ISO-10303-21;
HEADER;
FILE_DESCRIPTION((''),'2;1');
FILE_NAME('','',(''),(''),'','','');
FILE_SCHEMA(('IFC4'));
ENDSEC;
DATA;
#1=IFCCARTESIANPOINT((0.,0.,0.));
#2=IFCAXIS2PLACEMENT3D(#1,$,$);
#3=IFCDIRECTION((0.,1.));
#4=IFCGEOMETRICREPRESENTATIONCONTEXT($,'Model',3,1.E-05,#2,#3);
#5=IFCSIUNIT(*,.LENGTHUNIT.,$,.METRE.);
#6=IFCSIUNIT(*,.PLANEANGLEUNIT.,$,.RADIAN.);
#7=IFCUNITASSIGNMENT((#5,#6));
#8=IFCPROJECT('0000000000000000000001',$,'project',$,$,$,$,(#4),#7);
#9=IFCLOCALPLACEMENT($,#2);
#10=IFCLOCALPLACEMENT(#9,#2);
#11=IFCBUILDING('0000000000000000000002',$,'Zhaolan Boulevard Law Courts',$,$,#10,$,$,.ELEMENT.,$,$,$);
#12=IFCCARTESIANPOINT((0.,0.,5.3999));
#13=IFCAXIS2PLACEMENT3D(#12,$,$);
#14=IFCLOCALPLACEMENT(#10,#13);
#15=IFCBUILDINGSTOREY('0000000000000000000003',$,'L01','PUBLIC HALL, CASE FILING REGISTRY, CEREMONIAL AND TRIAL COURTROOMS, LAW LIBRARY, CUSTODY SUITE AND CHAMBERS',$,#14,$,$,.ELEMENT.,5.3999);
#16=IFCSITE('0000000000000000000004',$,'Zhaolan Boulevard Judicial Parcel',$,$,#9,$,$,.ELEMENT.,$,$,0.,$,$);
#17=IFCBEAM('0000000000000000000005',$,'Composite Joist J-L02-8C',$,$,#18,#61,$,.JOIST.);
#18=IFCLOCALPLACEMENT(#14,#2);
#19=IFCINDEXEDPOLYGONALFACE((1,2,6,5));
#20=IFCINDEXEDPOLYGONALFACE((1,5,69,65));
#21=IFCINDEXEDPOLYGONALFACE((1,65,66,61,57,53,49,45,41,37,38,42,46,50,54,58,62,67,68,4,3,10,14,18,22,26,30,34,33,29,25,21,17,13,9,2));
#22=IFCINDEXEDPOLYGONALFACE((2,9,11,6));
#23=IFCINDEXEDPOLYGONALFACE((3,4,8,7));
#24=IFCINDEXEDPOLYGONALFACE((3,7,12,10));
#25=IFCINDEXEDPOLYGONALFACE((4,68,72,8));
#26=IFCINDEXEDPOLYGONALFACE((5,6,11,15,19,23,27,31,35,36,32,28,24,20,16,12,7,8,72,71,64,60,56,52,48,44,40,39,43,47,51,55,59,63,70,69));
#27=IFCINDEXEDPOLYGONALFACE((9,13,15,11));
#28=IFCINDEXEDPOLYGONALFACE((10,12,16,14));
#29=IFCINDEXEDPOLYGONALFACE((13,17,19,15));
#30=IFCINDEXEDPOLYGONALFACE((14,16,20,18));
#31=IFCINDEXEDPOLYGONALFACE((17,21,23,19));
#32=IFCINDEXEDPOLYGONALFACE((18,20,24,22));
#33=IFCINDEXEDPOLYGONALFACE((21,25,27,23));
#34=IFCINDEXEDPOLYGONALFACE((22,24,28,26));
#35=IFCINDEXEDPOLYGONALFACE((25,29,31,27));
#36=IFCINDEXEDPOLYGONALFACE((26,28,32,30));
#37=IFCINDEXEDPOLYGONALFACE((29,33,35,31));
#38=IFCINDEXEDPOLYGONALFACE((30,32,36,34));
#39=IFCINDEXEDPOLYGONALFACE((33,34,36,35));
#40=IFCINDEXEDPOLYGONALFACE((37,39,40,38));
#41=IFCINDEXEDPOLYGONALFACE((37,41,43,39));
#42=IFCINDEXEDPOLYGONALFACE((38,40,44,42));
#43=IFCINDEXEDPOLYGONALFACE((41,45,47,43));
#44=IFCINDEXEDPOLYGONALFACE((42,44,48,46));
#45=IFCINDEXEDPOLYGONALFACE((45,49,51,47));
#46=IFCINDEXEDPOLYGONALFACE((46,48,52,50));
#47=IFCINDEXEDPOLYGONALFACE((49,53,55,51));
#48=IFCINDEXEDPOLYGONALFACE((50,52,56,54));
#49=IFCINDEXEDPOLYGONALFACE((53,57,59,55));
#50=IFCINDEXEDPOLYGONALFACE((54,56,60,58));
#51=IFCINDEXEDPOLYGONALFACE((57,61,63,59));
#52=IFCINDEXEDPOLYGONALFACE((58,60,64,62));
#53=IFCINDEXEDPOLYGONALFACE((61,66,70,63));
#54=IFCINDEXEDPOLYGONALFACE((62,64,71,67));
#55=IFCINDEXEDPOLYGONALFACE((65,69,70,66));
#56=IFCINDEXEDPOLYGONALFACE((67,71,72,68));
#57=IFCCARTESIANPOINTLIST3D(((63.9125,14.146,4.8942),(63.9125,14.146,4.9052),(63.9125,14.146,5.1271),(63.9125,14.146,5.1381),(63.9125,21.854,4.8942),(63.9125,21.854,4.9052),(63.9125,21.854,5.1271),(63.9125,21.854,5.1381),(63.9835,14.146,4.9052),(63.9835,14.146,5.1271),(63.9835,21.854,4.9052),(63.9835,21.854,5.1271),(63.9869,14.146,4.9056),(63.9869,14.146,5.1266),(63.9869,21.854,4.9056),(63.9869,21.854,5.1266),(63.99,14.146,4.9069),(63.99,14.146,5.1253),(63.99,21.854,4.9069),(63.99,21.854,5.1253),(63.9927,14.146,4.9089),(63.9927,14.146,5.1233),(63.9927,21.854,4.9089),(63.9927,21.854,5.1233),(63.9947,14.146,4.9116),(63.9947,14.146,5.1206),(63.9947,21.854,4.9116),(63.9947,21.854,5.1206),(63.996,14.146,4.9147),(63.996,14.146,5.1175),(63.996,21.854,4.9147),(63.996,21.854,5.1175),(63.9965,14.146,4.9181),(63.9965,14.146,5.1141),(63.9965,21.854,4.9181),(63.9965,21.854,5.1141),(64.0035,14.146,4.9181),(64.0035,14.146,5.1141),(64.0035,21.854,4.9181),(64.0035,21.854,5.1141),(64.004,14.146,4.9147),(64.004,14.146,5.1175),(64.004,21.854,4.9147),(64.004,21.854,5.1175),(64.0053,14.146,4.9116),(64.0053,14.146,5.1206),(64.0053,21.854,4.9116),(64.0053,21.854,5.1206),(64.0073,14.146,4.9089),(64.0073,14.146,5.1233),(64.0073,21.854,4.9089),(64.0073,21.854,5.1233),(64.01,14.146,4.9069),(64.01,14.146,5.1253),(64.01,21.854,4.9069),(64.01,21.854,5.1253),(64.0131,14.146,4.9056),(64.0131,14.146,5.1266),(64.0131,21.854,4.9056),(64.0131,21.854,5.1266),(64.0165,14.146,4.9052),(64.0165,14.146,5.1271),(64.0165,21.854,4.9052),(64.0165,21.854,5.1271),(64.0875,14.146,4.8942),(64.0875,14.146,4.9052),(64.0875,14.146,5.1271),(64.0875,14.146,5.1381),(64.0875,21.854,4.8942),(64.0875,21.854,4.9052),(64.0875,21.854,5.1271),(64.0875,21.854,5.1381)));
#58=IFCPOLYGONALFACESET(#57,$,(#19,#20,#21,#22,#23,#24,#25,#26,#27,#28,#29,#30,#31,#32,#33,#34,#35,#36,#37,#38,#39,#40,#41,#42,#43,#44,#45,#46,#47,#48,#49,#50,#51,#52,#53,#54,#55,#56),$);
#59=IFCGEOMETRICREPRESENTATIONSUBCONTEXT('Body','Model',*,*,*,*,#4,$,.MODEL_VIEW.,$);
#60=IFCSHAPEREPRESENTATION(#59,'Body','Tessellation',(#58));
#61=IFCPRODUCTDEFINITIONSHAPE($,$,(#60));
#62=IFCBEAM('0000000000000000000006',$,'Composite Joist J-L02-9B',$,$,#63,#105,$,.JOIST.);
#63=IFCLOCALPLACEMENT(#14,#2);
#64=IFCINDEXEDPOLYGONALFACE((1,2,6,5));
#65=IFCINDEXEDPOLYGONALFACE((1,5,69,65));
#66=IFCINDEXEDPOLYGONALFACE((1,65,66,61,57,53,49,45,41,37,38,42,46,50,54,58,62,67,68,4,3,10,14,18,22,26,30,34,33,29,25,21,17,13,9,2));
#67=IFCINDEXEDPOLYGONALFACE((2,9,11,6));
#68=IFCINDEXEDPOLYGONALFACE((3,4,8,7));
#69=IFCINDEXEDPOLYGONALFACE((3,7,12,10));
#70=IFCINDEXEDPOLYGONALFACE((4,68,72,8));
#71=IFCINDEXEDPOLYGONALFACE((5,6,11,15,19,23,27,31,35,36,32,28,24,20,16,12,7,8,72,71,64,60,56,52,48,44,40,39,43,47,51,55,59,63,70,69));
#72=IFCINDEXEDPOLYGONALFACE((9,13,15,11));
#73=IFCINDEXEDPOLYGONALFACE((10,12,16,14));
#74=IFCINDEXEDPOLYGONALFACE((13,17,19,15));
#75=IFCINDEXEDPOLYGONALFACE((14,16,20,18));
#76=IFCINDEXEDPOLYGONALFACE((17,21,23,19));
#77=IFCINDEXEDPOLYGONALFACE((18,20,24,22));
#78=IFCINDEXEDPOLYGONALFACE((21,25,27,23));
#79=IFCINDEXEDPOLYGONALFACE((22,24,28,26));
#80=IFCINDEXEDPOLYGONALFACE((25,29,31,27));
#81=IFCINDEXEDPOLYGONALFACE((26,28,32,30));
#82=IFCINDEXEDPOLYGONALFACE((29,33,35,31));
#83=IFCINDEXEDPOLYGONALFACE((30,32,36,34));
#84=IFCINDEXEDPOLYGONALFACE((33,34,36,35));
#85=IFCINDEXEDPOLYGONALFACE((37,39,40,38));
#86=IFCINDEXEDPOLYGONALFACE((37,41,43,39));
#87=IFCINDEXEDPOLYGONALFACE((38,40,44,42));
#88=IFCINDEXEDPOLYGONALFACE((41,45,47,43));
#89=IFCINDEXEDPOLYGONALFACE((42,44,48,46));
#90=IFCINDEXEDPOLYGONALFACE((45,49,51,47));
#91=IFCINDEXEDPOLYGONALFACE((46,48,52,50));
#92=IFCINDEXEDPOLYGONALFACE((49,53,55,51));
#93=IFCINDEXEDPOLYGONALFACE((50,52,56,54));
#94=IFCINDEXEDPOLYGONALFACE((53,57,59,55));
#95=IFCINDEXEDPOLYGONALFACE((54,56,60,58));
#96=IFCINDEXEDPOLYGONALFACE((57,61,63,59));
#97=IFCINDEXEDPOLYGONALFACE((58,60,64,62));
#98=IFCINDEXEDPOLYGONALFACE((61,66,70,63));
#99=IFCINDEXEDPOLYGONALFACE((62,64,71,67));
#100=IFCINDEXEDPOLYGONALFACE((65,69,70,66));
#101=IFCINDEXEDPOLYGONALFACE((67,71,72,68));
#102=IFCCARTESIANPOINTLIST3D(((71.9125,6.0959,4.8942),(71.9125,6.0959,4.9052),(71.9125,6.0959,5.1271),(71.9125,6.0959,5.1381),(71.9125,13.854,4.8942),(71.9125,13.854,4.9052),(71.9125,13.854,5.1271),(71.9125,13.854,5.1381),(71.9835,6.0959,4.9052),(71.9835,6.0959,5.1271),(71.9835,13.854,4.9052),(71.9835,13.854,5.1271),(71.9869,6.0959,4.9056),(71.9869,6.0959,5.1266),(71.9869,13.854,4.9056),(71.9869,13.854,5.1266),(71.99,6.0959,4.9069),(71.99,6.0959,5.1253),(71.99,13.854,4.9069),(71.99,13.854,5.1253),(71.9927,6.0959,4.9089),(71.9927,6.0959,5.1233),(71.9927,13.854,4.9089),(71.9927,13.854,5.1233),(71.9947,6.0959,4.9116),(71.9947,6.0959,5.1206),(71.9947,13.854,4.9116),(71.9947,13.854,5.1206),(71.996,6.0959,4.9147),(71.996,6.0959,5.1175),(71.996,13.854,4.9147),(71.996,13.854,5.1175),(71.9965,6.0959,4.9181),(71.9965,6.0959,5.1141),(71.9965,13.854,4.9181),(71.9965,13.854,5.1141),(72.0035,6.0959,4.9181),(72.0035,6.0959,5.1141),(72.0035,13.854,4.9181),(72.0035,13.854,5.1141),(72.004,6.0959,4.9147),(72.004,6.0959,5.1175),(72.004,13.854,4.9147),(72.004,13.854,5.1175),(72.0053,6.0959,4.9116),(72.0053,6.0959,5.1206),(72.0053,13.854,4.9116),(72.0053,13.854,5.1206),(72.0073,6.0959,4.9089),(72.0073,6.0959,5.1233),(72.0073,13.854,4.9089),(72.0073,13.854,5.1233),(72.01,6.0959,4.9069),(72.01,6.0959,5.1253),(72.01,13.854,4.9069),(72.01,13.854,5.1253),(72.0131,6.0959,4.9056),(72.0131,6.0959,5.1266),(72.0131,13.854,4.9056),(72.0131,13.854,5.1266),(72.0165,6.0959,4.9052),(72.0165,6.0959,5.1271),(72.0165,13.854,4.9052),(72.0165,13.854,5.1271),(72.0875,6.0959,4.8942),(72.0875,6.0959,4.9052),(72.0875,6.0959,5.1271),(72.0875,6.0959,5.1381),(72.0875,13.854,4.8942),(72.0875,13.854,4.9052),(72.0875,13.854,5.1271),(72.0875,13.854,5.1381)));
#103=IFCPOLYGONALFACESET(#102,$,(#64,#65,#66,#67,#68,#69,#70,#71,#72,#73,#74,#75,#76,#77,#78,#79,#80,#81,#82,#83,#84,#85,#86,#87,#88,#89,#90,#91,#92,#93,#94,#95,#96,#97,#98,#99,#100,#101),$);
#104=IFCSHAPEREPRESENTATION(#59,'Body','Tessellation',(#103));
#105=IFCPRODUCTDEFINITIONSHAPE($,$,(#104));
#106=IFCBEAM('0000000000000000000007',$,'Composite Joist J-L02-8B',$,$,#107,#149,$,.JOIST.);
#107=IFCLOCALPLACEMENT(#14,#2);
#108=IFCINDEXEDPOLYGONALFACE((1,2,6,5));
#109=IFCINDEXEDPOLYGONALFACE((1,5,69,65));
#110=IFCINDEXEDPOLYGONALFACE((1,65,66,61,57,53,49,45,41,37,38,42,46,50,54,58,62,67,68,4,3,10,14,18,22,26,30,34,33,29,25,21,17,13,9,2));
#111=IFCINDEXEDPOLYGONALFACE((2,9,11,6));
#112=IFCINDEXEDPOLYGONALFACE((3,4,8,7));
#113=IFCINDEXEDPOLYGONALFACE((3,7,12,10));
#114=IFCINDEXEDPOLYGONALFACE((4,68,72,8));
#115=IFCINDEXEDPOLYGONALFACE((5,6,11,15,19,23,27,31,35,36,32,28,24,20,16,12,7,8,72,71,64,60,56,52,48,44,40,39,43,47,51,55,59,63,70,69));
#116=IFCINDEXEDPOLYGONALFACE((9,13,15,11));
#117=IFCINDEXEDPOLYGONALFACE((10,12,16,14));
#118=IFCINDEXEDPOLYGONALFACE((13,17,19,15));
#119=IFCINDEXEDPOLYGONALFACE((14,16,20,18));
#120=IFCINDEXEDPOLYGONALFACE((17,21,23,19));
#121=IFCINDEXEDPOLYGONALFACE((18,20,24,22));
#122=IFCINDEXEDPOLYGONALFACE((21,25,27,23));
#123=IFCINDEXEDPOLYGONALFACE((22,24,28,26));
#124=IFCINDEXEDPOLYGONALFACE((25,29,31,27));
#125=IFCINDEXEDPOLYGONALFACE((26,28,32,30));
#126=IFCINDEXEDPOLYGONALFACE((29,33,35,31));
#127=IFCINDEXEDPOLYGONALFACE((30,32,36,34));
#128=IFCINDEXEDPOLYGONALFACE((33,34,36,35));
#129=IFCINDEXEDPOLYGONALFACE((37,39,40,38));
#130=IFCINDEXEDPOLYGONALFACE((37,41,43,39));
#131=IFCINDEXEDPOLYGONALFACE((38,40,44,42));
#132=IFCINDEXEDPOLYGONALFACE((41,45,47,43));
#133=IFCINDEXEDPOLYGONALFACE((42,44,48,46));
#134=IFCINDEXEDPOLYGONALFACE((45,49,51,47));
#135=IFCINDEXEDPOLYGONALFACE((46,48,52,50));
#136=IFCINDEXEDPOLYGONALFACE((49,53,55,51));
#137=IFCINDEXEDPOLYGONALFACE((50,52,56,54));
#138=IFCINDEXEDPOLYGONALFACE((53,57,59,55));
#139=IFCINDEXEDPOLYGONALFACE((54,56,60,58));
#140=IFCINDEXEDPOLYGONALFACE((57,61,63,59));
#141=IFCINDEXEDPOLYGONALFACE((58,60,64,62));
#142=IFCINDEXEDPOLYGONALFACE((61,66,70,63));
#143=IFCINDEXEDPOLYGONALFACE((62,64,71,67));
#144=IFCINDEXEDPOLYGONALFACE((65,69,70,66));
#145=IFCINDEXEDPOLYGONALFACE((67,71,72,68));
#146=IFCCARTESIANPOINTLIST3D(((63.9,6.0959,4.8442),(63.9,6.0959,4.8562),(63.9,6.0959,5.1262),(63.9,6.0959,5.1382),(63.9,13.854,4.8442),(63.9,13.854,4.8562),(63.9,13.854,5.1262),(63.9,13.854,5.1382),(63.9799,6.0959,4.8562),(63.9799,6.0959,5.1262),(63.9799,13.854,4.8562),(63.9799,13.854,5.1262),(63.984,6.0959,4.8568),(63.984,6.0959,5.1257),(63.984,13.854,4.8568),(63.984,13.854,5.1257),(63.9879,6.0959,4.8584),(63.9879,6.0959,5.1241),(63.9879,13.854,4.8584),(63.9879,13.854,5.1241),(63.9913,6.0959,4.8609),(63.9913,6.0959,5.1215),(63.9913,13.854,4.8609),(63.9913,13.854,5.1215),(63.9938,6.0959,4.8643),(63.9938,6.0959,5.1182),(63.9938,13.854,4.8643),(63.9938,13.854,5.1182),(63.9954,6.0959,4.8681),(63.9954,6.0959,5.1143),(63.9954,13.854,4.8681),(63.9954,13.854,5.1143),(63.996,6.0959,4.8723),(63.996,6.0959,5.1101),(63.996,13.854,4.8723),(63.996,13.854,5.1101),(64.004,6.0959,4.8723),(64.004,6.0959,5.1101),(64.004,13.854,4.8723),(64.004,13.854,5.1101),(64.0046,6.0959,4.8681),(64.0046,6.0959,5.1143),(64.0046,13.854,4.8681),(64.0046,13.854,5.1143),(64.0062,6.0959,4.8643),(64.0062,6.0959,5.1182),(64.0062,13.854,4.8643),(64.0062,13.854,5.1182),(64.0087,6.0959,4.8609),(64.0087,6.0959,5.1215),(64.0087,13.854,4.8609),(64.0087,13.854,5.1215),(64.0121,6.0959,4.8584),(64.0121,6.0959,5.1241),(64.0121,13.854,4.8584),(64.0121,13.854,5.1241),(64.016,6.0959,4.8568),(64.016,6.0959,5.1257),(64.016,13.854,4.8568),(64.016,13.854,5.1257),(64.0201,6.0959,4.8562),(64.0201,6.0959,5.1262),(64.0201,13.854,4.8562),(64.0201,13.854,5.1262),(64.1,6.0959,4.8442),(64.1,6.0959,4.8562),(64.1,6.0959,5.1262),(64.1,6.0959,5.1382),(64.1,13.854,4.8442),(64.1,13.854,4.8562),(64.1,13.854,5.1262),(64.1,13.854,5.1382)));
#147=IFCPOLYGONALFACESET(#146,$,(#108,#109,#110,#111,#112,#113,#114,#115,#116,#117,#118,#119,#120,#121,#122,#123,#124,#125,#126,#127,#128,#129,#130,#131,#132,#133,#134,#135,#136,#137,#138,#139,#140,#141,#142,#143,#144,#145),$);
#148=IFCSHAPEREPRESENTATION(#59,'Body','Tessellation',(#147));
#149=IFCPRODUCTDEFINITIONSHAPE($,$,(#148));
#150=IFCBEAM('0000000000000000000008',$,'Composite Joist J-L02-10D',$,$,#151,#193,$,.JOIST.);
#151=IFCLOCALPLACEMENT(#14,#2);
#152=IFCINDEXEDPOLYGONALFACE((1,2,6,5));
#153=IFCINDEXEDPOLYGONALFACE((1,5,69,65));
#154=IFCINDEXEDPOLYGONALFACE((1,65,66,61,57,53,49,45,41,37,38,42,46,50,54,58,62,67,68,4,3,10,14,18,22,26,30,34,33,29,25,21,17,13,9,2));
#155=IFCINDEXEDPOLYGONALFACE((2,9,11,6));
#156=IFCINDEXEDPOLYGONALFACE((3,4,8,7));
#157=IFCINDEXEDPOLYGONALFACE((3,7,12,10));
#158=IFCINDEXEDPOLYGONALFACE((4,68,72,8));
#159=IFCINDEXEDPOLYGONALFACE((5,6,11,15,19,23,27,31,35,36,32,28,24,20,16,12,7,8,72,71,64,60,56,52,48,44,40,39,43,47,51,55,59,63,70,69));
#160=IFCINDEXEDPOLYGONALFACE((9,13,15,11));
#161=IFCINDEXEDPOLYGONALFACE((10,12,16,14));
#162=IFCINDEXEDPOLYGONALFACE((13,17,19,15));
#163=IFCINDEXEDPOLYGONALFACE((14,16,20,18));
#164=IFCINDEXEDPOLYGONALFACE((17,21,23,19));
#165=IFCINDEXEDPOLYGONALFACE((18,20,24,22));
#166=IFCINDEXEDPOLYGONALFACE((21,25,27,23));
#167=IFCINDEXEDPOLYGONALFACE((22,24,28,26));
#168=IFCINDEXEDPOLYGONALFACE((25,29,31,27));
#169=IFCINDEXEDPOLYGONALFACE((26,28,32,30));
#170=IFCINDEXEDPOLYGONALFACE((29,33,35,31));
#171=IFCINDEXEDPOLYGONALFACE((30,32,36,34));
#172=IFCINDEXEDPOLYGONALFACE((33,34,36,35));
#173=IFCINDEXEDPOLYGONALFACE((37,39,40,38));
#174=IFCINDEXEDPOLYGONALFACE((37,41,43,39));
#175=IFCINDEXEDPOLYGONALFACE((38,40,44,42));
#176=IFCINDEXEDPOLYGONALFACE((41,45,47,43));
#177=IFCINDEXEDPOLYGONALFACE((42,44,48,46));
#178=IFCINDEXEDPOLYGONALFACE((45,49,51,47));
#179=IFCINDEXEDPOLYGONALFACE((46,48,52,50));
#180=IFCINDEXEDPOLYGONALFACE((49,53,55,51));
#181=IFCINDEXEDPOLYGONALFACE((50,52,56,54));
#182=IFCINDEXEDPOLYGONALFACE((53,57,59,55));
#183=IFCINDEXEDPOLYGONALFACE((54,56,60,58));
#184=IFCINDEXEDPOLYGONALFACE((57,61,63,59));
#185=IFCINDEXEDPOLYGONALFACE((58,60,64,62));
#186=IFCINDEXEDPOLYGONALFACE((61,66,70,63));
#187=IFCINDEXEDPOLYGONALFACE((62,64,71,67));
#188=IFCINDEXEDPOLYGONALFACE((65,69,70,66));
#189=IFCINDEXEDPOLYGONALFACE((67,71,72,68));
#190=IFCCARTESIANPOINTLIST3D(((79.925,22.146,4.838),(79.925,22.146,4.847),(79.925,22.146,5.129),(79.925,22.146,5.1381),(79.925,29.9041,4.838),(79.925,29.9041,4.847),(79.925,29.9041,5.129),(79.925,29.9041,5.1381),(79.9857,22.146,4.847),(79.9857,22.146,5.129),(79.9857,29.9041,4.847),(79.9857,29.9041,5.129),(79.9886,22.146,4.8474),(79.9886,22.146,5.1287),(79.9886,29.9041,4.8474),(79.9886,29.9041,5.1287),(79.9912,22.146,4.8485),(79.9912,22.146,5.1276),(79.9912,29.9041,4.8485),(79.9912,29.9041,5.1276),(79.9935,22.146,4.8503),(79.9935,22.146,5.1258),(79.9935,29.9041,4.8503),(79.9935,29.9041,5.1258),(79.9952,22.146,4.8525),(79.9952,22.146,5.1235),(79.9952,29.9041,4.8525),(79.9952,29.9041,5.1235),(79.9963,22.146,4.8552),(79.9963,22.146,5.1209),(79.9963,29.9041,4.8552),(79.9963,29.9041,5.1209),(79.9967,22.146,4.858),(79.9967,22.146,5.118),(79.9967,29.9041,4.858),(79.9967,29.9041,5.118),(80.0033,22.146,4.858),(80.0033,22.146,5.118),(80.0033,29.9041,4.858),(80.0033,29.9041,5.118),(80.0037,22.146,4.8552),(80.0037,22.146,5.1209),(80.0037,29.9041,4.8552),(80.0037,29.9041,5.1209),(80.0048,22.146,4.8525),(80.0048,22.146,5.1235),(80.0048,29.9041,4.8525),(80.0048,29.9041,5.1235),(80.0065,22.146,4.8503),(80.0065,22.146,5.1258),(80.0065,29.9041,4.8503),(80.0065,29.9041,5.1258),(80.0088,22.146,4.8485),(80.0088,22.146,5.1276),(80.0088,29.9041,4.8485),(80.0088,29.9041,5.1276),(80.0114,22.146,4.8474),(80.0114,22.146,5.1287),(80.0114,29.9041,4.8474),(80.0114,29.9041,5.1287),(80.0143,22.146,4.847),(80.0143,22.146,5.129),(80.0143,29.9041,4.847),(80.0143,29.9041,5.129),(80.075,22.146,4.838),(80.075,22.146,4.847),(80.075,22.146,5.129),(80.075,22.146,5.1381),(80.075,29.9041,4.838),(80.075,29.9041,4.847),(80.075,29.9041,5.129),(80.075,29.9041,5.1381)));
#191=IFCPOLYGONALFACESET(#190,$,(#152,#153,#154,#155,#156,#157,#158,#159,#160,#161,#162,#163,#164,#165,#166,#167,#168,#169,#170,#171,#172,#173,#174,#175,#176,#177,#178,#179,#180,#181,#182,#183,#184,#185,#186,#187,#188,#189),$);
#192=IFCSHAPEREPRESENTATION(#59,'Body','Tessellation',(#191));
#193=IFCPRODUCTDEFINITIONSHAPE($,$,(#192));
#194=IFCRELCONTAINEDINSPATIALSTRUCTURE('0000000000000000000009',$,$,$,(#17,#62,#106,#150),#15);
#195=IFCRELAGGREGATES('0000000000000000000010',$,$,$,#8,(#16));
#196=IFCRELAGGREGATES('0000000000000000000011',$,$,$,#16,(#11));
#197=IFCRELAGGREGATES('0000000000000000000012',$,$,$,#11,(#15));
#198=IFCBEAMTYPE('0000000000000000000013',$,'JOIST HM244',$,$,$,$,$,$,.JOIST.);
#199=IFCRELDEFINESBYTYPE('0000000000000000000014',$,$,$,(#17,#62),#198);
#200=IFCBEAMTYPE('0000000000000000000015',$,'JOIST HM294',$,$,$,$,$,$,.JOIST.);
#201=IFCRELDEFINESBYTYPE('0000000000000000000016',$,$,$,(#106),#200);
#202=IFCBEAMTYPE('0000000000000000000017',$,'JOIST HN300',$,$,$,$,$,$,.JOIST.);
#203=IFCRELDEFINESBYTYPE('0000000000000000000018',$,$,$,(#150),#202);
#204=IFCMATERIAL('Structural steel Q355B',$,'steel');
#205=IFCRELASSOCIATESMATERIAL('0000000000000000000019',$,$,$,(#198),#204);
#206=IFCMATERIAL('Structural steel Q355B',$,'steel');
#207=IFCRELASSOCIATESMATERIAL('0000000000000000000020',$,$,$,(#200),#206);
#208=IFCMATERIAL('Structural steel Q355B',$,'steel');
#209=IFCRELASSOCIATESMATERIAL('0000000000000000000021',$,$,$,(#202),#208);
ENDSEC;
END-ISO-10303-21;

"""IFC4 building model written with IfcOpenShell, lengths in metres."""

from ifc_helpers import new_model, si_unit, direction, frame, origin, origin_2d, place, context, subcontext, project, spatial, i_section, extrude, material, material_profile, profile_set, type_object, element, save


model = new_model("IFC4")

# Units and contexts
model_context = context("Model", 3, precision=1e-05, world=origin(), true_north=direction((0.0, 1.0)))
body_context = subcontext(model_context, "Body", "Model", "MODEL_VIEW")
ifc_project = project(units=[si_unit("LENGTHUNIT", "METRE"), si_unit("PLANEANGLEUNIT", "RADIAN")], contexts=[model_context])

# Site, building, storey
site_placement = place(None, origin())
site = spatial("IfcSite", under=ifc_project, at=site_placement, Name="Zhaolan Boulevard Judicial Parcel", CompositionType="ELEMENT", RefElevation=0.0)
building_placement = place(site_placement, origin())
building = spatial("IfcBuilding", under=site, at=building_placement, Name="Zhaolan Boulevard Law Courts", CompositionType="ELEMENT")
storey_placement = place(building_placement, frame((0.0, 0.0, 5.3999)))
storey = spatial("IfcBuildingStorey", under=building, at=storey_placement, Name="L01", Description="PUBLIC HALL, CASE FILING REGISTRY, CEREMONIAL AND TRIAL COURTROOMS, LAW LIBRARY, CUSTODY SUITE AND CHAMBERS", CompositionType="ELEMENT", Elevation=5.3999)

# Beams
ifc_material_1 = material(Name="Structural steel Q355B", Category="steel")
ifc_material_profile_1 = material_profile(ifc_material_1, i_section(OverallWidth=0.175, OverallDepth=0.2439, WebThickness=0.0071, FlangeThickness=0.011, FilletRadius=0.0129, at=origin_2d()), Name="HM244x175")
ifc_profile_set_1 = profile_set([ifc_material_profile_1], Name="Structural steel Q355B")
beam_type_1 = type_object("IfcBeamType", Name="JOIST HM244", PredefinedType="JOIST", material=ifc_profile_set_1)
beam_1_placement = place(storey_placement, frame((64.0, 14.146, 5.0161), z_axis=(0.0, 1.0, 0.0), x_axis=(-1.0, 0.0, 0.0)))
element("IfcBeam", 1, at=beam_1_placement, inside=storey, type_object=beam_type_1, Name="Composite Joist J-L02-8C", PredefinedType="JOIST", context=body_context, shape_type="SweptSolid", body=[
    extrude(i_section(OverallWidth=0.175, OverallDepth=0.2439, WebThickness=0.0071, FlangeThickness=0.011, FilletRadius=0.0129, at=origin_2d()), origin(), (0.0, 0.0, 1.0), 7.708),
])
beam_2_placement = place(storey_placement, frame((72.0, 6.0959, 5.0161), z_axis=(0.0, 1.0, 0.0), x_axis=(-1.0, 0.0, 0.0)))
element("IfcBeam", 2, at=beam_2_placement, inside=storey, type_object=beam_type_1, Name="Composite Joist J-L02-9B", PredefinedType="JOIST", context=body_context, shape_type="SweptSolid", body=[
    extrude(i_section(OverallWidth=0.175, OverallDepth=0.2439, WebThickness=0.0071, FlangeThickness=0.011, FilletRadius=0.0129, at=origin_2d()), origin(), (0.0, 0.0, 1.0), 7.7581),
])
ifc_material_2 = material(Name="Structural steel Q355B", Category="steel")
ifc_material_profile_2 = material_profile(ifc_material_2, i_section(OverallWidth=0.2, OverallDepth=0.2939, WebThickness=0.0081, FlangeThickness=0.012, FilletRadius=0.0161, at=origin_2d()), Name="HM294x200")
ifc_profile_set_2 = profile_set([ifc_material_profile_2], Name="Structural steel Q355B")
beam_type_2 = type_object("IfcBeamType", Name="JOIST HM294", PredefinedType="JOIST", material=ifc_profile_set_2)
beam_3_placement = place(storey_placement, frame((64.0, 6.0959, 4.9912), z_axis=(0.0, 1.0, 0.0), x_axis=(-1.0, 0.0, 0.0)))
element("IfcBeam", 3, at=beam_3_placement, inside=storey, type_object=beam_type_2, Name="Composite Joist J-L02-8B", PredefinedType="JOIST", context=body_context, shape_type="SweptSolid", body=[
    extrude(i_section(OverallWidth=0.2, OverallDepth=0.2939, WebThickness=0.0081, FlangeThickness=0.012, FilletRadius=0.0161, at=origin_2d()), origin(), (0.0, 0.0, 1.0), 7.7581),
])
ifc_material_3 = material(Name="Structural steel Q355B", Category="steel")
ifc_material_profile_3 = material_profile(ifc_material_3, i_section(OverallWidth=0.1499, OverallDepth=0.3, WebThickness=0.0066, FlangeThickness=0.009, FilletRadius=0.011, at=origin_2d()), Name="HN300x150")
ifc_profile_set_3 = profile_set([ifc_material_profile_3], Name="Structural steel Q355B")
beam_type_3 = type_object("IfcBeamType", Name="JOIST HN300", PredefinedType="JOIST", material=ifc_profile_set_3)
beam_4_placement = place(storey_placement, frame((80.0, 22.146, 4.988), z_axis=(0.0, 1.0, 0.0), x_axis=(-1.0, 0.0, 0.0)))
element("IfcBeam", 4, at=beam_4_placement, inside=storey, type_object=beam_type_3, Name="Composite Joist J-L02-10D", PredefinedType="JOIST", context=body_context, shape_type="SweptSolid", body=[
    extrude(i_section(OverallWidth=0.1499, OverallDepth=0.3, WebThickness=0.0066, FlangeThickness=0.009, FilletRadius=0.011, at=origin_2d()), origin(), (0.0, 0.0, 1.0), 7.7581),
])

save(model, "model.ifc")
